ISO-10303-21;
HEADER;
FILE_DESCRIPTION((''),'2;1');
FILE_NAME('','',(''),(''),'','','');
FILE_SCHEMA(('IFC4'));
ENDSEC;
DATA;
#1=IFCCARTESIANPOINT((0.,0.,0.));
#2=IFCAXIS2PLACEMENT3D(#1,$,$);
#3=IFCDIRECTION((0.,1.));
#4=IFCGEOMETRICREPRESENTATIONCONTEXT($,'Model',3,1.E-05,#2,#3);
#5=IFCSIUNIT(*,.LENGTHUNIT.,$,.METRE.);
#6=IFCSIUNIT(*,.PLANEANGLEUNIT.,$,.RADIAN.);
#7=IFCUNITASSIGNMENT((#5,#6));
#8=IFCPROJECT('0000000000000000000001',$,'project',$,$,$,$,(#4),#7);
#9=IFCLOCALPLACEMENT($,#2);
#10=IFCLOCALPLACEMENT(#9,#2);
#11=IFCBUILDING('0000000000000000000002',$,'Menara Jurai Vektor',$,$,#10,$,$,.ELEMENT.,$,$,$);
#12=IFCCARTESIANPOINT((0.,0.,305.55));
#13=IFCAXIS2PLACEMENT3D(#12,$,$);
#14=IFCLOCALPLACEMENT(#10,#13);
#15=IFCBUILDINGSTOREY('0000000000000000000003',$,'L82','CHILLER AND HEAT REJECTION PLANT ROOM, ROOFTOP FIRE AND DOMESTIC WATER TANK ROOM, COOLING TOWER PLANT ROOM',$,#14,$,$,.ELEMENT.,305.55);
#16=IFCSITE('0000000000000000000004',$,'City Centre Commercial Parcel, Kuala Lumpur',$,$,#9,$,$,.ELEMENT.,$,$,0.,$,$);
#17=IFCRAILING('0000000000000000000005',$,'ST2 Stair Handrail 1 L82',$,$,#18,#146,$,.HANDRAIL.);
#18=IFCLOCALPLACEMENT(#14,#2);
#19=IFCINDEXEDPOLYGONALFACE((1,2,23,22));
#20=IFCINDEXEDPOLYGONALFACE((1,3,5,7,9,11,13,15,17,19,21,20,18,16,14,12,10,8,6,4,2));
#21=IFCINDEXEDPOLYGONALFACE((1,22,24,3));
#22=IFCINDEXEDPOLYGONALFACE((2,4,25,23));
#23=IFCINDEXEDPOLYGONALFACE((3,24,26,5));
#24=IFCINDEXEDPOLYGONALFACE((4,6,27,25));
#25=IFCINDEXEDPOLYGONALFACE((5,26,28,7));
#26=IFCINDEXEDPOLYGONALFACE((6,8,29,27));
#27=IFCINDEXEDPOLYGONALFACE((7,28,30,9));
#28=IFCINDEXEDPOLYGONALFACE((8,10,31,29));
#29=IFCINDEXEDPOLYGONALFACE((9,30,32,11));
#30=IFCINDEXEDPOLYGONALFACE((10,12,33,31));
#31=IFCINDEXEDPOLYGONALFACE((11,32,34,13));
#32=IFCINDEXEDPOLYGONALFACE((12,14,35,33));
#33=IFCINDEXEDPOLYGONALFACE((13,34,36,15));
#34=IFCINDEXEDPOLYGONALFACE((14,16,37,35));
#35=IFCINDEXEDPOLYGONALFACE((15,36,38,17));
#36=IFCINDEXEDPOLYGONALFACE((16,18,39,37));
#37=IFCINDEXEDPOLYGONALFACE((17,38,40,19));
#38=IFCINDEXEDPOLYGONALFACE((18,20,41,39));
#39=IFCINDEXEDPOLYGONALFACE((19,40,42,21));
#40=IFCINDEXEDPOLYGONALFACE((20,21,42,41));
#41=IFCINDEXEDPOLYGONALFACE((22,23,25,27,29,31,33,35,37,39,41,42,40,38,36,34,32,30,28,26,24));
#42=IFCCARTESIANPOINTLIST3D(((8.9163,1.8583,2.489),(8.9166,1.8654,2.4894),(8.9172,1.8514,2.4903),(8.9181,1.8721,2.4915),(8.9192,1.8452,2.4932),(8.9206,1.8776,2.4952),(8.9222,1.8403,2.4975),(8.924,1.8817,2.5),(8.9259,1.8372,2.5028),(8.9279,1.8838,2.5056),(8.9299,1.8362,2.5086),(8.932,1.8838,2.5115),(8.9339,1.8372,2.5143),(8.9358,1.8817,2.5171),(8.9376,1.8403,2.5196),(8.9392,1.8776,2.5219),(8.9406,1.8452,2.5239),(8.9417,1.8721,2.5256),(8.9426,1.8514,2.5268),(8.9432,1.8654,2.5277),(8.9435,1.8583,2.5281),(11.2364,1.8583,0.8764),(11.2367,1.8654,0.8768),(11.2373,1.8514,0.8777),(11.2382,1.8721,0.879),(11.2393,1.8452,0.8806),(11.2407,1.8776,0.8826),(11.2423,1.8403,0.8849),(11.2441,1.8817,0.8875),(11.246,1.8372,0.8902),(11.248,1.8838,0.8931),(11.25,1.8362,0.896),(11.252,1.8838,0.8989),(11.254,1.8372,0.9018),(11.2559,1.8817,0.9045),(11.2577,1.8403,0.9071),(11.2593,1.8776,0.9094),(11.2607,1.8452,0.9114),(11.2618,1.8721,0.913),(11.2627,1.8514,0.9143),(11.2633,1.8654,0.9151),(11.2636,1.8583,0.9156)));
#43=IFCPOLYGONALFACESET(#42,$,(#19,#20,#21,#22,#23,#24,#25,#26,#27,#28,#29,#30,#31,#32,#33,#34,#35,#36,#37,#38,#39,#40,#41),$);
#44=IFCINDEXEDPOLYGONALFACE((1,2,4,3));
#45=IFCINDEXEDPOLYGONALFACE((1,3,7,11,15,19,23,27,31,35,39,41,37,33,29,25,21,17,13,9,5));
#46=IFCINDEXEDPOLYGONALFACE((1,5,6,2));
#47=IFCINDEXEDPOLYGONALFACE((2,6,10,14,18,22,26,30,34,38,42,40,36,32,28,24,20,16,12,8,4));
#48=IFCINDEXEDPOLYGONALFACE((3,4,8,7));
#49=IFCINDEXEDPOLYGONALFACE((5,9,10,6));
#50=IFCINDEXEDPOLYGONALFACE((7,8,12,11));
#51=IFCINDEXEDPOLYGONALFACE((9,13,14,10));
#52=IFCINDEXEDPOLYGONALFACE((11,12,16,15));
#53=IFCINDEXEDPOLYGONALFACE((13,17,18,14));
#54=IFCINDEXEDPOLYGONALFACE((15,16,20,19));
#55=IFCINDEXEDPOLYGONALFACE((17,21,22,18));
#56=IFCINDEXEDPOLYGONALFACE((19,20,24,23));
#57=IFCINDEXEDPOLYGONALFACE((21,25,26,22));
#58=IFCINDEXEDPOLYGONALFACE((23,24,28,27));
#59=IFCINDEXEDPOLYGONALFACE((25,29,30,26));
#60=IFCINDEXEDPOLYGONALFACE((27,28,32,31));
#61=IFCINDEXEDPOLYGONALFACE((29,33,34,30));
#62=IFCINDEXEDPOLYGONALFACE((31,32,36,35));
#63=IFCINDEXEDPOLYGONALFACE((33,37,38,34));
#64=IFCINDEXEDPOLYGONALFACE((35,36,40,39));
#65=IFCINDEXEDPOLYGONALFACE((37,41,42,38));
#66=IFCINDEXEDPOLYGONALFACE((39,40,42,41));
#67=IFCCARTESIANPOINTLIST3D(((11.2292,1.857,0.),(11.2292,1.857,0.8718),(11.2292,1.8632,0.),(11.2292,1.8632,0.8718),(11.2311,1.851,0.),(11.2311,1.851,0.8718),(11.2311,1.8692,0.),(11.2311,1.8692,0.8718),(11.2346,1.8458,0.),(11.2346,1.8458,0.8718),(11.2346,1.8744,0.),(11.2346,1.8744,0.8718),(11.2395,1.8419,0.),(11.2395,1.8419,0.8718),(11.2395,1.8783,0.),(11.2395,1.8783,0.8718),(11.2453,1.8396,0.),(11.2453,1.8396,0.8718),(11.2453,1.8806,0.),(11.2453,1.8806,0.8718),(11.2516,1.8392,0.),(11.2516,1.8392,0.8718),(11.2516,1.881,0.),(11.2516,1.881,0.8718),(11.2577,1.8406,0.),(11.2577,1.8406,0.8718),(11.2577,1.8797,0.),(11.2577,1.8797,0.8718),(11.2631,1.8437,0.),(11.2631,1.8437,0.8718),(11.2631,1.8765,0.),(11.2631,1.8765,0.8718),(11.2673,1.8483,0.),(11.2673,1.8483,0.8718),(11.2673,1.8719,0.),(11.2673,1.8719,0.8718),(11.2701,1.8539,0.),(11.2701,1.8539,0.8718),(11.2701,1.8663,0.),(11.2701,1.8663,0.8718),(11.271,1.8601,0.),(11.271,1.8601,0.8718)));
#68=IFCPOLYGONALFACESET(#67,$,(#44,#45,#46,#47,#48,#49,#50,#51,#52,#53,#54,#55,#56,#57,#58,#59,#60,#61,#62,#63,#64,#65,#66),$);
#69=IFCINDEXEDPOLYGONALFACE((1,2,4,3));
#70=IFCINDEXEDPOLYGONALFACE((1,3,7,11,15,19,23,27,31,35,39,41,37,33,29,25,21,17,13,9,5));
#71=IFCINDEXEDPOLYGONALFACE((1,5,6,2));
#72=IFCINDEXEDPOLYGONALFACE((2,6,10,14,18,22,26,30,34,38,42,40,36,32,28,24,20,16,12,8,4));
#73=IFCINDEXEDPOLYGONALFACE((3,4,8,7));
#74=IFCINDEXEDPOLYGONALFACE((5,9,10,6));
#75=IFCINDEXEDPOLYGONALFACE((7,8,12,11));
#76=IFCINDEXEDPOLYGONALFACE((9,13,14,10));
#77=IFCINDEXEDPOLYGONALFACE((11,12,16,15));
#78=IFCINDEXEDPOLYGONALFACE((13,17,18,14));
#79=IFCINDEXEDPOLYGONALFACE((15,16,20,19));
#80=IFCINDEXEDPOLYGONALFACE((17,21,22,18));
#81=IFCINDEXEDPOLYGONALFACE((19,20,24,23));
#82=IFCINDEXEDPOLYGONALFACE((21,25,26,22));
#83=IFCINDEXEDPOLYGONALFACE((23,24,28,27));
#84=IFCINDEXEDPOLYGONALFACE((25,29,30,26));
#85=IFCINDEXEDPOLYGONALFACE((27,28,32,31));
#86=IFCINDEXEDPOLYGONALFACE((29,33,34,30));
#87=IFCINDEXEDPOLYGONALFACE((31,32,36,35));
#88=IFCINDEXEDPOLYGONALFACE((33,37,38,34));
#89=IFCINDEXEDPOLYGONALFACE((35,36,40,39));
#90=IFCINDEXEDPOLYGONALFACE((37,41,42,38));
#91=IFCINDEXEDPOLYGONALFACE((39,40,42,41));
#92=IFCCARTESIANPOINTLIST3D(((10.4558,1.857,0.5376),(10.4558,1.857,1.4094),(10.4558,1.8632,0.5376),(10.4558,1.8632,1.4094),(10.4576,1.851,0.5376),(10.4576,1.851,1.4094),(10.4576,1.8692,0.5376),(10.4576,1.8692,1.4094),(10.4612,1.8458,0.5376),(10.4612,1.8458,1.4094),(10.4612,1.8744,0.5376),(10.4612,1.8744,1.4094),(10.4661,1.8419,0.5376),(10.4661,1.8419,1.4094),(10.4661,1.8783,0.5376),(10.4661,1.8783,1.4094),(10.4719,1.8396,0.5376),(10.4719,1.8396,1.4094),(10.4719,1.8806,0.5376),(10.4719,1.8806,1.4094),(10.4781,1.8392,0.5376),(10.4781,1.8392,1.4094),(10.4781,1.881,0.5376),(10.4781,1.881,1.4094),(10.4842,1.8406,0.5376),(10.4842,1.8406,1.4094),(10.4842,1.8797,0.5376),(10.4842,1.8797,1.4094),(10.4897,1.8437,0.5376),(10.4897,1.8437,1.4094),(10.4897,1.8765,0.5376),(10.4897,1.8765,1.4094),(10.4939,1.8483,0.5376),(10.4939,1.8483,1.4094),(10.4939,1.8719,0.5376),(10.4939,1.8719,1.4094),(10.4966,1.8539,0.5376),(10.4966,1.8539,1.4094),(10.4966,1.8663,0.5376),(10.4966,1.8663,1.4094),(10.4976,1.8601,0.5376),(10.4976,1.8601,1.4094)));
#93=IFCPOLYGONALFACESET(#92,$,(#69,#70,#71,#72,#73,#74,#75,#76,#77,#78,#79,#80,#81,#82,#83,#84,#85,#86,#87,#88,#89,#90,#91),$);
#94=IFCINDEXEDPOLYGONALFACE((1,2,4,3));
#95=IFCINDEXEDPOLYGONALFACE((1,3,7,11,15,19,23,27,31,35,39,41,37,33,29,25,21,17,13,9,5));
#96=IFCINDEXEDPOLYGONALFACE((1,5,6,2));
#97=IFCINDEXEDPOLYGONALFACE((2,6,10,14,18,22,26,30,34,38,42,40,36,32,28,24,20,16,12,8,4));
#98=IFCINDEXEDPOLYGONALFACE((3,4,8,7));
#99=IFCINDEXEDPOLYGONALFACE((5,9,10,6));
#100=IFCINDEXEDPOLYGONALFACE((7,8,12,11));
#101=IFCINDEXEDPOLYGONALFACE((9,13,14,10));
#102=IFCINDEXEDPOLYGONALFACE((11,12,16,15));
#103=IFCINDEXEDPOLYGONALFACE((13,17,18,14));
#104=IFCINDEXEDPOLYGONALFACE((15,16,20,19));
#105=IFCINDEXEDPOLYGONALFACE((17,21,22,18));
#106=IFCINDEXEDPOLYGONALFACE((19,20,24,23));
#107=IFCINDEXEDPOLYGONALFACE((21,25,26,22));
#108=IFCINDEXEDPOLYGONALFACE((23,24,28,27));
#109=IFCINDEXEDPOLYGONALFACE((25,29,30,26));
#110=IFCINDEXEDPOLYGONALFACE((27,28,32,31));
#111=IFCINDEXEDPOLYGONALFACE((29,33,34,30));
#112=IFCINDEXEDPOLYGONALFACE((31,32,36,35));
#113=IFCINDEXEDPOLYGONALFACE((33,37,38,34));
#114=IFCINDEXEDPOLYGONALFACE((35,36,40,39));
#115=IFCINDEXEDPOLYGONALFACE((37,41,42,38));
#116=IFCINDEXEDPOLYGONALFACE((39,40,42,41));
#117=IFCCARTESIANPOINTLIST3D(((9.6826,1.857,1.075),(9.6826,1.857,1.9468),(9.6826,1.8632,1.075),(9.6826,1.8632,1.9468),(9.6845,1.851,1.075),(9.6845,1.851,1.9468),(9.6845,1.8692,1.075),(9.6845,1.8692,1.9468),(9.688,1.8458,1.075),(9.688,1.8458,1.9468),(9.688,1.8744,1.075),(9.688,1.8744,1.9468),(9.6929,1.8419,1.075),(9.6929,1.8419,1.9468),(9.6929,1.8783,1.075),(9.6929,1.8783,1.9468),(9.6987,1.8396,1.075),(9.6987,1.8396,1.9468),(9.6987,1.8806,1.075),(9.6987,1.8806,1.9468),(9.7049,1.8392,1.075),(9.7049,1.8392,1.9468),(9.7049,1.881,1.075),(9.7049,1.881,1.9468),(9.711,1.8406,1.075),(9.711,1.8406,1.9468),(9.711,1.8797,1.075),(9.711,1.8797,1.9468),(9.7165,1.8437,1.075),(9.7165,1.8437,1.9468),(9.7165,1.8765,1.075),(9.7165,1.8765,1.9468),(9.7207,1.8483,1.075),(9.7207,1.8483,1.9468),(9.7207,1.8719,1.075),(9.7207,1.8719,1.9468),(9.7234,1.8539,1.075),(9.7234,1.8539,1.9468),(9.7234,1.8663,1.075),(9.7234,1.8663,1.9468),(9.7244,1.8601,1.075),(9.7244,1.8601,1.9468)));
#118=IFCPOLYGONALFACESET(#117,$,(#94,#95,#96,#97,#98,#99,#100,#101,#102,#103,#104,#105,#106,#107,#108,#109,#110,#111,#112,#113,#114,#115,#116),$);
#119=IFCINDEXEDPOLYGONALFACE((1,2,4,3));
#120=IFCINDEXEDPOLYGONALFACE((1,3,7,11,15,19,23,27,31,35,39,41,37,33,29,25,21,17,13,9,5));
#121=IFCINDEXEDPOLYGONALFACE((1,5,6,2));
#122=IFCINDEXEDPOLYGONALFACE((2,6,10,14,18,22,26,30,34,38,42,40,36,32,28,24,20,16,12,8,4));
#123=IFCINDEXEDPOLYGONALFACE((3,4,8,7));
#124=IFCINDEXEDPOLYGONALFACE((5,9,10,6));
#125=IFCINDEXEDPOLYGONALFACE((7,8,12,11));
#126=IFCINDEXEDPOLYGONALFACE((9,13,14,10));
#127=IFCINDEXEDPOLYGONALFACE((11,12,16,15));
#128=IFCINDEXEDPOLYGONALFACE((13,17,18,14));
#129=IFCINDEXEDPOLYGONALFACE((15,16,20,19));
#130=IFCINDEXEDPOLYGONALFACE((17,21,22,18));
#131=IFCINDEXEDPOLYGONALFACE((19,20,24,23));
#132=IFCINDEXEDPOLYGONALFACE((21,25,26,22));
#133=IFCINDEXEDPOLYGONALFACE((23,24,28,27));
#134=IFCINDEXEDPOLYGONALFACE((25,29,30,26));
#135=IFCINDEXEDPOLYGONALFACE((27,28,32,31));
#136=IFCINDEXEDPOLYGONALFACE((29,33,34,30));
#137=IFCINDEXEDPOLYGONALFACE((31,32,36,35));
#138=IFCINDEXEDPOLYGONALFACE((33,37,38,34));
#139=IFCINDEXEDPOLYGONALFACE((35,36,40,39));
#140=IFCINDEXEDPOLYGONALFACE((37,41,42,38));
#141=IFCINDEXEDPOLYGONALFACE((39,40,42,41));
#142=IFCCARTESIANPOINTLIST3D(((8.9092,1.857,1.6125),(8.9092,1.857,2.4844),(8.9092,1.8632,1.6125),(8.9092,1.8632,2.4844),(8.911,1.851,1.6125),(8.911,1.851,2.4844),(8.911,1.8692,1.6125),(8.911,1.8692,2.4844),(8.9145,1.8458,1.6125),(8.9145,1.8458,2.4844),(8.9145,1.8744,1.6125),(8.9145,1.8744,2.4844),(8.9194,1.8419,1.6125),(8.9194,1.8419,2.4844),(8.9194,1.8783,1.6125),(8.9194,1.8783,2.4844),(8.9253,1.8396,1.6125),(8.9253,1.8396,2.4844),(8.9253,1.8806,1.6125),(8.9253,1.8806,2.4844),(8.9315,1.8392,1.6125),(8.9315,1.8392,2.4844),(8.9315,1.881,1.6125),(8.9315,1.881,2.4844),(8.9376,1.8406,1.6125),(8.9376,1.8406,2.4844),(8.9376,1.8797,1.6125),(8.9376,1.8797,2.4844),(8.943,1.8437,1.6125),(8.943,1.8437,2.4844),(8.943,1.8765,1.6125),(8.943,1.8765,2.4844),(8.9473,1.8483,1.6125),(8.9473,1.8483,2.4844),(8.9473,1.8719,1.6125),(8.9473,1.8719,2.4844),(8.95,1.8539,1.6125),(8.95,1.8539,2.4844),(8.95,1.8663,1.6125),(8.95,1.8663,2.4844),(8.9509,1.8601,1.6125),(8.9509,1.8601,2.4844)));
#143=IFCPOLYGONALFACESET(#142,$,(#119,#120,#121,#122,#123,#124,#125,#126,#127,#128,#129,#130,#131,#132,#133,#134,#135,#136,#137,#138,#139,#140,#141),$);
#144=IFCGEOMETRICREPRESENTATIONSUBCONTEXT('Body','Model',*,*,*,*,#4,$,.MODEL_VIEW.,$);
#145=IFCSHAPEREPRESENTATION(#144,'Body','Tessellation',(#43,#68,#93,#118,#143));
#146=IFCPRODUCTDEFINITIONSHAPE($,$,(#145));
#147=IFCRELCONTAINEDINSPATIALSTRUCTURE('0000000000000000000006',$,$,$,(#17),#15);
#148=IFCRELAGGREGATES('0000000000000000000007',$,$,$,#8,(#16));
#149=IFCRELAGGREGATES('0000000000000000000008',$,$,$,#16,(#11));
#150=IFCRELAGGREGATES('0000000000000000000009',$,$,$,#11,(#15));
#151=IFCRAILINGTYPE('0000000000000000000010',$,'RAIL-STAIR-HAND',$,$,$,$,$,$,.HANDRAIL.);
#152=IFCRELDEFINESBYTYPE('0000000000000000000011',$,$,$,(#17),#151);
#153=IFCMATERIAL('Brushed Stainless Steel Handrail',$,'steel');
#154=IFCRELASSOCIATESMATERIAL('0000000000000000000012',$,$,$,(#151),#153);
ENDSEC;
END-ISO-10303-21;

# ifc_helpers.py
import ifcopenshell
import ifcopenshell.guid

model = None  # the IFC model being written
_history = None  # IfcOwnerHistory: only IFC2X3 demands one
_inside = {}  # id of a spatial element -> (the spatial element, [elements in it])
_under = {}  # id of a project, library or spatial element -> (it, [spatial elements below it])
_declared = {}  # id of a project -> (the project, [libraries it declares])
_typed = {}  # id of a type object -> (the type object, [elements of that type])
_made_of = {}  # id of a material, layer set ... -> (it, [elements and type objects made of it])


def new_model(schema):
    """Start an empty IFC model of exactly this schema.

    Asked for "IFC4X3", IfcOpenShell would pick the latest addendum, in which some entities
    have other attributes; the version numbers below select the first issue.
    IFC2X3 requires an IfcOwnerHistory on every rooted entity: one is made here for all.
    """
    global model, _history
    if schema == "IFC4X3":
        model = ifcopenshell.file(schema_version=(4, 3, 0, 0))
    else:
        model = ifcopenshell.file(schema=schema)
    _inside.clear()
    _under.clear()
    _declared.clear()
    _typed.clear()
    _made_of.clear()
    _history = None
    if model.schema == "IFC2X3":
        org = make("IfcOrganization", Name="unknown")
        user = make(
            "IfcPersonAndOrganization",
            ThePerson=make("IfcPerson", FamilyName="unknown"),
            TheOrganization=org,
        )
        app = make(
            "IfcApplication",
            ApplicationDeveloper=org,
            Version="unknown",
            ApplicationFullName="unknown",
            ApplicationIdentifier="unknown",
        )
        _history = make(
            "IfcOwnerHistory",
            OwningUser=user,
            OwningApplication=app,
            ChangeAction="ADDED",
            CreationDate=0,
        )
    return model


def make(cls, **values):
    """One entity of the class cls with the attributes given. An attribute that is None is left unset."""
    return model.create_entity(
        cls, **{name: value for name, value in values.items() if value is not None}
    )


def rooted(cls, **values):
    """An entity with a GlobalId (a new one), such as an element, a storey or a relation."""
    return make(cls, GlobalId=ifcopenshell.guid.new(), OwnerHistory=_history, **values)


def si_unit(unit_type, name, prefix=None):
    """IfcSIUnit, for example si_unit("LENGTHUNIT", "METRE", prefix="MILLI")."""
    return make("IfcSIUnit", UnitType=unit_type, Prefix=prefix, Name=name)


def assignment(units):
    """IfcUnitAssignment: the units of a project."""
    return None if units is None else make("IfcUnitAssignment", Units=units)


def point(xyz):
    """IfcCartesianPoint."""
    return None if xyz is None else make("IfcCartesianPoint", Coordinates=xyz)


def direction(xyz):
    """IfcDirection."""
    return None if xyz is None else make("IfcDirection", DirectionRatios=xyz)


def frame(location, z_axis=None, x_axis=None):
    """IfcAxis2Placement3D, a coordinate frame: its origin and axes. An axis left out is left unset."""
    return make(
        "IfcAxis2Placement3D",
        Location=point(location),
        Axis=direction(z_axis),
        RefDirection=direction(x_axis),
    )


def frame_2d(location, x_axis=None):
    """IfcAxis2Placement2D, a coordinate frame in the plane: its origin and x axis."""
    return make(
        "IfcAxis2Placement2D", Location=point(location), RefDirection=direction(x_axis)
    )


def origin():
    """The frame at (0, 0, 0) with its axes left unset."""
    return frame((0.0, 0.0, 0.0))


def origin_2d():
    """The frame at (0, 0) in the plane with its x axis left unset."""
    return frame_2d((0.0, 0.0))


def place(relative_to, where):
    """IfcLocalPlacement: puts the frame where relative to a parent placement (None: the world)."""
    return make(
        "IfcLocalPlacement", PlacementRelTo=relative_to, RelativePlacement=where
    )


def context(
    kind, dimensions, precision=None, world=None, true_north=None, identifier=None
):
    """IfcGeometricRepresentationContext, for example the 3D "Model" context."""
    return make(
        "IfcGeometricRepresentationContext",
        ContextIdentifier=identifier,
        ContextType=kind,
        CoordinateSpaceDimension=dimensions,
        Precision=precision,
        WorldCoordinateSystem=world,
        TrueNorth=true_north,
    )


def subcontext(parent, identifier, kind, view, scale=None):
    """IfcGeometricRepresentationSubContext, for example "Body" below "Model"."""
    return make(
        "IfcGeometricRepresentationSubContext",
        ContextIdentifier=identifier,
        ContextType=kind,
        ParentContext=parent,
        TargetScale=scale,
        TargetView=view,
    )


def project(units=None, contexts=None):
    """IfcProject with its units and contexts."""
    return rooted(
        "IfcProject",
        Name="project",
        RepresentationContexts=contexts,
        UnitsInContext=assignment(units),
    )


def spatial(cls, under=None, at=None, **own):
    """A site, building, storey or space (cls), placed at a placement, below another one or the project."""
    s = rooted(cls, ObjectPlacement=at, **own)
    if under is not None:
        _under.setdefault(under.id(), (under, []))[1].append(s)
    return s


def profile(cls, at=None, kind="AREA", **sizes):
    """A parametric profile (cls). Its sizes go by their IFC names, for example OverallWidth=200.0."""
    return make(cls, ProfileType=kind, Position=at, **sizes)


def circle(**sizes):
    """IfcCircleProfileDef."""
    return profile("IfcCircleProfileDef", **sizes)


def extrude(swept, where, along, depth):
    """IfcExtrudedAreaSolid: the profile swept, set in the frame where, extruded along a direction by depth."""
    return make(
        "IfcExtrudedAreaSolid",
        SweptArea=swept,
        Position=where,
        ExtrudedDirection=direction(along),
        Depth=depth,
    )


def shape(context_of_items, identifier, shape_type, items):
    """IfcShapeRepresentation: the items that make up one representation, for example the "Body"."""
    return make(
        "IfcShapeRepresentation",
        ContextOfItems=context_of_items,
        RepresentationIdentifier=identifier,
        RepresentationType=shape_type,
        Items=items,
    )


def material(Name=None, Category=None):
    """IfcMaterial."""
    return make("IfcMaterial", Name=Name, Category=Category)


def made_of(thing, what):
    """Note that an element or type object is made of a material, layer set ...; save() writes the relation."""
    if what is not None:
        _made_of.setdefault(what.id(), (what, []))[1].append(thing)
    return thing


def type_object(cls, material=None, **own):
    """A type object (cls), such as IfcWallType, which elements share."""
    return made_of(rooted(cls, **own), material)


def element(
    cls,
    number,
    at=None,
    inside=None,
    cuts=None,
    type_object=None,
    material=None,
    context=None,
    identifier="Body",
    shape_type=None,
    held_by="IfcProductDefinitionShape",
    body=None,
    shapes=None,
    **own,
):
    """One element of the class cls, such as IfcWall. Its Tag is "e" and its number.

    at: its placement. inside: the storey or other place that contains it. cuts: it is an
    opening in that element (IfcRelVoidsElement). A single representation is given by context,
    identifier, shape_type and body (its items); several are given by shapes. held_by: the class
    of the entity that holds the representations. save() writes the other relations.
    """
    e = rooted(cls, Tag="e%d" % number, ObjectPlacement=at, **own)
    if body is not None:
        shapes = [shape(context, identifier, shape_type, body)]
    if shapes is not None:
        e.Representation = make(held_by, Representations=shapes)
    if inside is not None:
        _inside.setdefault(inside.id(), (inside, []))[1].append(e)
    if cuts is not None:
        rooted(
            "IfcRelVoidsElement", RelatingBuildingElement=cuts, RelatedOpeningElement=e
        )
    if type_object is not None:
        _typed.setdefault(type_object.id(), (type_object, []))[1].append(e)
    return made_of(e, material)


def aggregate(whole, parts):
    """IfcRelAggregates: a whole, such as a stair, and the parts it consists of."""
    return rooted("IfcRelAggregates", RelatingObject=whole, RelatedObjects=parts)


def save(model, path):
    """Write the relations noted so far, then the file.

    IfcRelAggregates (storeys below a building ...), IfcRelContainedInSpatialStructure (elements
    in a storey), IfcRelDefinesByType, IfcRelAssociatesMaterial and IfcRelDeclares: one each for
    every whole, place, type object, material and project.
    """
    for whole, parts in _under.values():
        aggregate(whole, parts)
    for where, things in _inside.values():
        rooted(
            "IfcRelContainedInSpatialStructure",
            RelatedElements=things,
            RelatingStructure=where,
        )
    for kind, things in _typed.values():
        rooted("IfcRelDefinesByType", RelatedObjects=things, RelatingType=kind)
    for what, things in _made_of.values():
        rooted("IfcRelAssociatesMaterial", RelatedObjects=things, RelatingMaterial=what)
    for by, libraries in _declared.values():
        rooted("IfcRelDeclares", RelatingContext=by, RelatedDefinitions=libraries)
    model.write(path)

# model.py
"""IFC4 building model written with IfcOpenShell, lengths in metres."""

from ifc_helpers import new_model, si_unit, direction, frame, origin, origin_2d, place, context, subcontext, project, spatial, circle, extrude, material, type_object, element, save


model = new_model("IFC4")

# Units and contexts
model_context = context("Model", 3, precision=1e-05, world=origin(), true_north=direction((0.0, 1.0)))
body_context = subcontext(model_context, "Body", "Model", "MODEL_VIEW")
ifc_project = project(units=[si_unit("LENGTHUNIT", "METRE"), si_unit("PLANEANGLEUNIT", "RADIAN")], contexts=[model_context])

# Site, building, storey
site_placement = place(None, origin())
site = spatial("IfcSite", under=ifc_project, at=site_placement, Name="City Centre Commercial Parcel, Kuala Lumpur", CompositionType="ELEMENT", RefElevation=0.0)
building_placement = place(site_placement, origin())
building = spatial("IfcBuilding", under=site, at=building_placement, Name="Menara Jurai Vektor", CompositionType="ELEMENT")
storey_placement = place(building_placement, frame((0.0, 0.0, 305.55)))
storey = spatial("IfcBuildingStorey", under=building, at=storey_placement, Name="L82", Description="CHILLER AND HEAT REJECTION PLANT ROOM, ROOFTOP FIRE AND DOMESTIC WATER TANK ROOM, COOLING TOWER PLANT ROOM", CompositionType="ELEMENT", Elevation=305.55)

# Railing
ifc_material_1 = material(Name="Brushed Stainless Steel Handrail", Category="steel")
railing_type = type_object("IfcRailingType", Name="RAIL-STAIR-HAND", PredefinedType="HANDRAIL", material=ifc_material_1)
railing_1_placement = place(storey_placement, frame((11.25, 1.8601, 0.0)))
element("IfcRailing", 1, at=railing_1_placement, inside=storey, type_object=railing_type, Name="ST2 Stair Handrail 1 L82", PredefinedType="HANDRAIL", context=body_context, shape_type="SweptSolid", body=[
    extrude(circle(Radius=0.0239, at=origin_2d()), frame((0.0, 0.0, 0.896), z_axis=(-0.821139, 0.0, 0.570728), x_axis=(0.0, -1.0, 0.0)), (0.0, 0.0, 1.0), 2.8254),
    extrude(circle(Radius=0.021, at=origin_2d()), origin(), (0.0, 0.0, 1.0), 0.8718),
    extrude(circle(Radius=0.021, at=origin_2d()), frame((-0.7734, 0.0, 0.5376)), (0.0, 0.0, 1.0), 0.8718),
    extrude(circle(Radius=0.021, at=origin_2d()), frame((-1.5466, 0.0, 1.075)), (0.0, 0.0, 1.0), 0.8718),
    extrude(circle(Radius=0.021, at=origin_2d()), frame((-2.3201, 0.0, 1.6125)), (0.0, 0.0, 1.0), 0.8718),
])

save(model, "model.ifc")
